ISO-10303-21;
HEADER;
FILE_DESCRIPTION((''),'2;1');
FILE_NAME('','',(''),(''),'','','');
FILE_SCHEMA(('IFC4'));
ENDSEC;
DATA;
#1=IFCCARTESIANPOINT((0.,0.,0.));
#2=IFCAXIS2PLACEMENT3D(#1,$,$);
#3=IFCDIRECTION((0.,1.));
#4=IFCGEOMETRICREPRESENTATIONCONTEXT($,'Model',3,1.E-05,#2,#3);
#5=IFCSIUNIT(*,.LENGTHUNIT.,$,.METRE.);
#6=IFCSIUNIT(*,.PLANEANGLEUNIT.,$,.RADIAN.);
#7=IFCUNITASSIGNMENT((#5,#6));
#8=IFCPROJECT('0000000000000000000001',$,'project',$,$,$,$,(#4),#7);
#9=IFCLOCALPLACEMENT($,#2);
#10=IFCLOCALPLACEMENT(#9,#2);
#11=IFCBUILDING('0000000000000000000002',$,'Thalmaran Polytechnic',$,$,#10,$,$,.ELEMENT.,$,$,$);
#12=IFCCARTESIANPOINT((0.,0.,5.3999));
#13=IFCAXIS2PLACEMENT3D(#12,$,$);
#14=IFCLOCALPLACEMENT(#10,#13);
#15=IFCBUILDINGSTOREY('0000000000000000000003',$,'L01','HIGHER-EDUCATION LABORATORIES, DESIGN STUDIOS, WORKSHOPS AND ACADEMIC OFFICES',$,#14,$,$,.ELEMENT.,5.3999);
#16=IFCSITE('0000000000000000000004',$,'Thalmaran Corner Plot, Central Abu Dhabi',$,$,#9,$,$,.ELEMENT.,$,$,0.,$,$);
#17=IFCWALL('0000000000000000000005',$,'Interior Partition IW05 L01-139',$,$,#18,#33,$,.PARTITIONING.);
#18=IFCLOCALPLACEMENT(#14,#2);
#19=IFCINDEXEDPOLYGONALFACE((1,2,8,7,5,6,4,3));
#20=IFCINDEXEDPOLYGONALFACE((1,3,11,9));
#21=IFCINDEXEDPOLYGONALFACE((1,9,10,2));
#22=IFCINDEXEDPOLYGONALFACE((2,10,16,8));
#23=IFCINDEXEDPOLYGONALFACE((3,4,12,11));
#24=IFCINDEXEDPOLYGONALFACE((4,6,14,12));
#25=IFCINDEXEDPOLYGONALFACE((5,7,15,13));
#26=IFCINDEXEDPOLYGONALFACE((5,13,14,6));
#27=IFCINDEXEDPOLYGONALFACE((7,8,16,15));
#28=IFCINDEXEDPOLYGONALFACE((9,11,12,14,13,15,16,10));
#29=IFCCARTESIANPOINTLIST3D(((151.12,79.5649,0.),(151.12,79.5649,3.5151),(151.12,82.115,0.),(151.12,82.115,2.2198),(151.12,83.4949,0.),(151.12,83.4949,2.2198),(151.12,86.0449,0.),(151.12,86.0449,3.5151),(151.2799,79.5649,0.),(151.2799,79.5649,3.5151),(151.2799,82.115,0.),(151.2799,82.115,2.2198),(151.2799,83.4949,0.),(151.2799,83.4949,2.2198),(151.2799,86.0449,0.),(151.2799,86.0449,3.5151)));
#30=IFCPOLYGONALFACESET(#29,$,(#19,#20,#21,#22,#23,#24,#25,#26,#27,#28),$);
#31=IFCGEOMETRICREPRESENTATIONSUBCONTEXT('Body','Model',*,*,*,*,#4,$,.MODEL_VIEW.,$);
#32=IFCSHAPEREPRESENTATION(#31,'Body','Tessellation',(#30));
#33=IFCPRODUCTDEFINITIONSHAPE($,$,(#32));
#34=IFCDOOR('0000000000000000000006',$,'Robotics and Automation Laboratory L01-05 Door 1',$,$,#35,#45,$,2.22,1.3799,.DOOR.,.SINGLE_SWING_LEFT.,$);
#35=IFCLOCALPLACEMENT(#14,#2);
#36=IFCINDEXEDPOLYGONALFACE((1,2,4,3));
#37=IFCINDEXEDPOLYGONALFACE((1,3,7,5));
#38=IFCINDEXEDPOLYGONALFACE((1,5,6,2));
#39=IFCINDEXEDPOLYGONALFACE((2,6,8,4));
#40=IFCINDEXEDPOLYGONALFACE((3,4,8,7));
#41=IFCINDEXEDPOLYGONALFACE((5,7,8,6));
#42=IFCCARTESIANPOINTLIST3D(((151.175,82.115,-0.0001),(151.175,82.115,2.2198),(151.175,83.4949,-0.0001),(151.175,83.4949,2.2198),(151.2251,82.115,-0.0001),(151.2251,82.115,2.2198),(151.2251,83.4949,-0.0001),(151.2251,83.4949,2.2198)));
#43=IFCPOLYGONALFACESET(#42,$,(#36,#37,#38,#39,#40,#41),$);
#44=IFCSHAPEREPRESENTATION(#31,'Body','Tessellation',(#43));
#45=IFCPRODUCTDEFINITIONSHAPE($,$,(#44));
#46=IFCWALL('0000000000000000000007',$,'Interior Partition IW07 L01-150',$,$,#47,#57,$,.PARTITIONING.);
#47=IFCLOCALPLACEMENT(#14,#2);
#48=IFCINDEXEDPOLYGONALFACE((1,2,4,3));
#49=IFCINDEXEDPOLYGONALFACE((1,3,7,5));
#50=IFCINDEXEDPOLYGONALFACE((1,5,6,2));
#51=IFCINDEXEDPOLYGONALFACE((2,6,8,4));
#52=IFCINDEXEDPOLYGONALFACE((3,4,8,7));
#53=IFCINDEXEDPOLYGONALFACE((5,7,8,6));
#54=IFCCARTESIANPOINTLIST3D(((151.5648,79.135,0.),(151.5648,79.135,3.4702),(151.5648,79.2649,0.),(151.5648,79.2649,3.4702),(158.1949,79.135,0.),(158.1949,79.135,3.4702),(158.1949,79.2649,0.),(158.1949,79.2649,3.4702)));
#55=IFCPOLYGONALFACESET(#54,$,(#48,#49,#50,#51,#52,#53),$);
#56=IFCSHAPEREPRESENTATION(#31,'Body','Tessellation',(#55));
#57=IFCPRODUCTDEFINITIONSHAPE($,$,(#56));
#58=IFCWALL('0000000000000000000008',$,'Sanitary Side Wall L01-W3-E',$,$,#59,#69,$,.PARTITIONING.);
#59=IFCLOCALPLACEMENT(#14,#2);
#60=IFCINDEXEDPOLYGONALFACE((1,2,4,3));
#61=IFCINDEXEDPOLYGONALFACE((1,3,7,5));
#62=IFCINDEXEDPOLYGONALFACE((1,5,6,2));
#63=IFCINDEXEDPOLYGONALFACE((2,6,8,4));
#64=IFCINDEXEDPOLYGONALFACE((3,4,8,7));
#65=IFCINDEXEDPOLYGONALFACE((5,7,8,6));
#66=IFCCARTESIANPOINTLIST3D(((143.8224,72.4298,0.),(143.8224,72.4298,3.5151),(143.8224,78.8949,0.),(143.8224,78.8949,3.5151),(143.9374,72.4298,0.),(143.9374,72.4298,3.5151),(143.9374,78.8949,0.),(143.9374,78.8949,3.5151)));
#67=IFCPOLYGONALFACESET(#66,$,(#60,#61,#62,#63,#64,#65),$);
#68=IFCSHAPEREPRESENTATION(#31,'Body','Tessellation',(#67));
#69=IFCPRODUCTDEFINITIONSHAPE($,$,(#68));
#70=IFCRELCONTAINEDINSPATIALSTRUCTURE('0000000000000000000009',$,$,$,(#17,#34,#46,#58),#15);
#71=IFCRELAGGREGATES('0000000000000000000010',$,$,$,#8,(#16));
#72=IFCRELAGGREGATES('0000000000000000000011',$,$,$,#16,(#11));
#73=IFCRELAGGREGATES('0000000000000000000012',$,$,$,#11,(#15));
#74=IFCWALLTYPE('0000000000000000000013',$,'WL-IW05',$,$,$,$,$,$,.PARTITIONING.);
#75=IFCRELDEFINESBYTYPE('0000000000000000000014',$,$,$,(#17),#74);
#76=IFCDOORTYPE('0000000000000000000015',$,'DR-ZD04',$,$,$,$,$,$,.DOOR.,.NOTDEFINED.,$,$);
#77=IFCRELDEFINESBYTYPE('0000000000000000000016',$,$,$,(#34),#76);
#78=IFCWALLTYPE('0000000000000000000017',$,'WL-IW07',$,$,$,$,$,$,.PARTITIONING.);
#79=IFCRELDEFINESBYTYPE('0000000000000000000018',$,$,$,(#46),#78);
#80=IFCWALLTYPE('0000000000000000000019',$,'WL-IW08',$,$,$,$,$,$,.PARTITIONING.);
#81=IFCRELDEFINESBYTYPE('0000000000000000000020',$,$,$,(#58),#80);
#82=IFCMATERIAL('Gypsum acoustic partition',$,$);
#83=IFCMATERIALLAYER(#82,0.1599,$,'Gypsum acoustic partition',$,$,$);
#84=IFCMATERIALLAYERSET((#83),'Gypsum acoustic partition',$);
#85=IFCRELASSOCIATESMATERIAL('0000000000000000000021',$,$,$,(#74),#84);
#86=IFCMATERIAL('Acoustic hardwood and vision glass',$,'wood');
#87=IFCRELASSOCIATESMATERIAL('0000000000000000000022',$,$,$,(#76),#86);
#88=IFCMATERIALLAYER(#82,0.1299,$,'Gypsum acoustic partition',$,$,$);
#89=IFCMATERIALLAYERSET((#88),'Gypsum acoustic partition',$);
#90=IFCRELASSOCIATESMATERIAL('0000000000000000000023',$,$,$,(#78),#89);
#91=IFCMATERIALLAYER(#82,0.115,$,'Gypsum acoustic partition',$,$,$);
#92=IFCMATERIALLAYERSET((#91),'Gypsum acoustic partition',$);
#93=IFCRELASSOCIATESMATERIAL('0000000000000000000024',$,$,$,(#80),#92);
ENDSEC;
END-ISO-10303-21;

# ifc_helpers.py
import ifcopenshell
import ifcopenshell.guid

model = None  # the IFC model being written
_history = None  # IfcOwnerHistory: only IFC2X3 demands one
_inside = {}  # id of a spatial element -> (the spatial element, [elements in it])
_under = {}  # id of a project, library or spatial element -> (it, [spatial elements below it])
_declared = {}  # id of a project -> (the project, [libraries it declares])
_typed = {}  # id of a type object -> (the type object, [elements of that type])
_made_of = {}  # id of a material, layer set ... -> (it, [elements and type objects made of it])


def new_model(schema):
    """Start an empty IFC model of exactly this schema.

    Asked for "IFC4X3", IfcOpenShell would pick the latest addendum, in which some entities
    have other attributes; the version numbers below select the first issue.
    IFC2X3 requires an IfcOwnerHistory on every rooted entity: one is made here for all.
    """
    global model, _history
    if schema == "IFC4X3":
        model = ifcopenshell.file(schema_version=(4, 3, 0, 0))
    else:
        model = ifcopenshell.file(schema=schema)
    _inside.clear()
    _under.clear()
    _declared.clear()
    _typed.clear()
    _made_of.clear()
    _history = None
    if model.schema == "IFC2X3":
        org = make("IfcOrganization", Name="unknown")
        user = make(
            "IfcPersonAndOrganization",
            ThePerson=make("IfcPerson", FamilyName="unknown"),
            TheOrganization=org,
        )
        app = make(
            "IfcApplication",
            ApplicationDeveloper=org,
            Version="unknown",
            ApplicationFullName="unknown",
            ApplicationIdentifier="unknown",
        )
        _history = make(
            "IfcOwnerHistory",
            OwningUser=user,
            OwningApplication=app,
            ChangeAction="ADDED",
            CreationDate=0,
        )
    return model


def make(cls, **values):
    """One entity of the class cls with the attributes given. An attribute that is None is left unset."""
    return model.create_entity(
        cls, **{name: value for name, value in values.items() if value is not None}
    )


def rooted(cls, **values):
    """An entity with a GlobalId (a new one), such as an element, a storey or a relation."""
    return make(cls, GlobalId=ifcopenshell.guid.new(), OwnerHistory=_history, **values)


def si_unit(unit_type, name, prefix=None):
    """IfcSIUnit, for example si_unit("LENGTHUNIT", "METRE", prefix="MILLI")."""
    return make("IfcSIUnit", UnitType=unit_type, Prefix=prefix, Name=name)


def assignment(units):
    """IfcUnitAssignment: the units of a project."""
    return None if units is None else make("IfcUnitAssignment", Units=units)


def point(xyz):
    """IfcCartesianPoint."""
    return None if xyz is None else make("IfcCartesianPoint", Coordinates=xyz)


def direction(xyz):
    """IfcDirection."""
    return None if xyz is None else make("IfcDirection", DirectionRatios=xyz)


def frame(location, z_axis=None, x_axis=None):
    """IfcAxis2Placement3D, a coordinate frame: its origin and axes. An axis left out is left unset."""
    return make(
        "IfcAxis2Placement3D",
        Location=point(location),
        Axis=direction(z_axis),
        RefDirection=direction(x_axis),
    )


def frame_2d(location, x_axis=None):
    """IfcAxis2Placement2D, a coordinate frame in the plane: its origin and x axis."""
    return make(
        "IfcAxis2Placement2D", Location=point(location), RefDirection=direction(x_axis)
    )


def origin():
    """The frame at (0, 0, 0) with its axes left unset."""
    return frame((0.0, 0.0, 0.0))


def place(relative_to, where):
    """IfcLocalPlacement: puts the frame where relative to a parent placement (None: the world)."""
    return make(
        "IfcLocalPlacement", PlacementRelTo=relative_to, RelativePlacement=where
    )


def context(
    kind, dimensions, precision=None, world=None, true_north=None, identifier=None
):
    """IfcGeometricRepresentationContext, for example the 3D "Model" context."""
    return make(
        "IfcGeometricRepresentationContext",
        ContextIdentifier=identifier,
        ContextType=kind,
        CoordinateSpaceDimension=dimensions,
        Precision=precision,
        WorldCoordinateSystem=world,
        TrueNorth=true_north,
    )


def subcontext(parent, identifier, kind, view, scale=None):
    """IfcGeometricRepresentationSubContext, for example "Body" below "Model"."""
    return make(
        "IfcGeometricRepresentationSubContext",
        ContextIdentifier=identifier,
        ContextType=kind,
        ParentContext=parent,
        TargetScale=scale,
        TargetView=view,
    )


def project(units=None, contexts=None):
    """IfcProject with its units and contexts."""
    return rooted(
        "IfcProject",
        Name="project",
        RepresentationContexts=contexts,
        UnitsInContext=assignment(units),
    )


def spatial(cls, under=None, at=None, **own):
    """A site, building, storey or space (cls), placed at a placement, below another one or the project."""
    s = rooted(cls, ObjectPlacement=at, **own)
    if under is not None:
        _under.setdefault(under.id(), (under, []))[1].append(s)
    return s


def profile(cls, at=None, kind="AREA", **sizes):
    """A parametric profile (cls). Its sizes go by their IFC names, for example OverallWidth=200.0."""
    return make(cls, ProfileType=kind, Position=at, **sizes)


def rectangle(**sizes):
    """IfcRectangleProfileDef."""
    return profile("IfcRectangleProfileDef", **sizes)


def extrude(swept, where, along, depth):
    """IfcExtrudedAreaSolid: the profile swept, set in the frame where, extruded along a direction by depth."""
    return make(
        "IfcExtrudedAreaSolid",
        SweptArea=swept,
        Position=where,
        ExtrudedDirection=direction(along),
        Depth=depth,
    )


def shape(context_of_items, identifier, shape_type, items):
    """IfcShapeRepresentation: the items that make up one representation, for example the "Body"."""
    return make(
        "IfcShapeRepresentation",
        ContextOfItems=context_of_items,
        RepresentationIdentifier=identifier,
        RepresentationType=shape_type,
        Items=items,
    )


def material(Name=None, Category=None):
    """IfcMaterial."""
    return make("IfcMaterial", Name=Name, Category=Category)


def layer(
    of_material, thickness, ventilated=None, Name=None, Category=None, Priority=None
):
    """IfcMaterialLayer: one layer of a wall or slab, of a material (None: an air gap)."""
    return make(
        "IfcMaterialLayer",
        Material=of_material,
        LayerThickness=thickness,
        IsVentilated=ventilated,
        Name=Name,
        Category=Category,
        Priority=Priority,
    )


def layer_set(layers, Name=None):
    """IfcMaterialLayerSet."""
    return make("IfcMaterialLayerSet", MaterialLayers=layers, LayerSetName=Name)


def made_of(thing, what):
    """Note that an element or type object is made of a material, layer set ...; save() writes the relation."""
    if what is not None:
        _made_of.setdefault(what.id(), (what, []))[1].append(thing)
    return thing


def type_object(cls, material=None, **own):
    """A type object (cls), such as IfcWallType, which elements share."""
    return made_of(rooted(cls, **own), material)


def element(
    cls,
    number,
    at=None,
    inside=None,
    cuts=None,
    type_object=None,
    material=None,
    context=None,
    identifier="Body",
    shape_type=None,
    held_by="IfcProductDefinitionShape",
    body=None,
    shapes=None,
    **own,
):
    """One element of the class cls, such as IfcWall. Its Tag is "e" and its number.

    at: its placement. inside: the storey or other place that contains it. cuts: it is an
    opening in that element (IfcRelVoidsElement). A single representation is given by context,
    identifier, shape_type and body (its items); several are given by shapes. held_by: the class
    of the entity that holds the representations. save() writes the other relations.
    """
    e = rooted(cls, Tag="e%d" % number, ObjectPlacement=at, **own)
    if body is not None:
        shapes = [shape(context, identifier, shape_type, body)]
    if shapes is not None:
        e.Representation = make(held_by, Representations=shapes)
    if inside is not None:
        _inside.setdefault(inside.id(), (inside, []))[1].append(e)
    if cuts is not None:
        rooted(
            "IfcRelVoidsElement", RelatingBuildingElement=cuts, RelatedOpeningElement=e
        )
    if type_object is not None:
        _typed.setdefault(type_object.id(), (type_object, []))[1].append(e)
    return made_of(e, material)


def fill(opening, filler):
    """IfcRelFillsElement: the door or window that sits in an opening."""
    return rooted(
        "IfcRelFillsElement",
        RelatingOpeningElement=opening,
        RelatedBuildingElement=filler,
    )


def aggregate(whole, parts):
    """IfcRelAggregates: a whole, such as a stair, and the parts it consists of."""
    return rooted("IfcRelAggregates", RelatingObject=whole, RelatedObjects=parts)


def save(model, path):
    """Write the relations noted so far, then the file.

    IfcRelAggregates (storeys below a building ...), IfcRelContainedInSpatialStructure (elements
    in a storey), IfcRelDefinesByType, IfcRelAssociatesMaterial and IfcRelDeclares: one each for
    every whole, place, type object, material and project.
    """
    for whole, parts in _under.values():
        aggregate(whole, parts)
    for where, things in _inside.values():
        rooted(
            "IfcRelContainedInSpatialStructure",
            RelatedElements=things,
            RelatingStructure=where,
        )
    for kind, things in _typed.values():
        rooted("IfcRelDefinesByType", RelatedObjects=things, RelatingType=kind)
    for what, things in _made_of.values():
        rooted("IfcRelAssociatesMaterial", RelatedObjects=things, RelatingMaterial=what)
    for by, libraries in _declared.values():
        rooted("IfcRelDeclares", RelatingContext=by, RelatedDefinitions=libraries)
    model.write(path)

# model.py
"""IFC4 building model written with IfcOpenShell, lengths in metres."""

from ifc_helpers import new_model, si_unit, direction, frame, frame_2d, origin, place, context, subcontext, project, spatial, rectangle, extrude, material, layer, layer_set, type_object, element, fill, save


model = new_model("IFC4")

# Units and contexts
model_context = context("Model", 3, precision=1e-05, world=origin(), true_north=direction((0.0, 1.0)))
body_context = subcontext(model_context, "Body", "Model", "MODEL_VIEW")
ifc_project = project(units=[si_unit("LENGTHUNIT", "METRE"), si_unit("PLANEANGLEUNIT", "RADIAN")], contexts=[model_context])

# Site, building, storey
site_placement = place(None, origin())
site = spatial("IfcSite", under=ifc_project, at=site_placement, Name="Thalmaran Corner Plot, Central Abu Dhabi", CompositionType="ELEMENT", RefElevation=0.0)
building_placement = place(site_placement, origin())
building = spatial("IfcBuilding", under=site, at=building_placement, Name="Thalmaran Polytechnic", CompositionType="ELEMENT")
storey_placement = place(building_placement, frame((0.0, 0.0, 5.3999)))
storey = spatial("IfcBuildingStorey", under=building, at=storey_placement, Name="L01", Description="HIGHER-EDUCATION LABORATORIES, DESIGN STUDIOS, WORKSHOPS AND ACADEMIC OFFICES", CompositionType="ELEMENT", Elevation=5.3999)

# Shared definitions
ifc_material_1 = material(Name="Gypsum acoustic partition")
ifc_layer_1 = layer(ifc_material_1, 0.1599, Name="Gypsum acoustic partition")
ifc_layer_set_1 = layer_set([ifc_layer_1], Name="Gypsum acoustic partition")
wall_type_1 = type_object("IfcWallType", Name="WL-IW05", PredefinedType="PARTITIONING", material=ifc_layer_set_1)

# Wall, opening, door
wall_1_placement = place(storey_placement, frame((151.2, 79.5649, 0.0), z_axis=(0.0, 0.0, 1.0), x_axis=(0.0, 1.0, 0.0)))
wall_1 = element("IfcWall", 1, at=wall_1_placement, inside=storey, type_object=wall_type_1, Name="Interior Partition IW05 L01-139", PredefinedType="PARTITIONING", context=body_context, shape_type="SweptSolid", body=[
    extrude(rectangle(XDim=6.48, YDim=0.1599, at=frame_2d((3.24, 0.0))), origin(), (0.0, 0.0, 1.0), 3.5151),
])
opening_placement = place(wall_1_placement, frame((2.55, 0.0, 0.0)))
opening = element("IfcOpeningElement", 2, at=opening_placement, cuts=wall_1, PredefinedType="OPENING", context=body_context, shape_type="SweptSolid", body=[
    extrude(rectangle(XDim=1.3799, YDim=2.22, at=frame_2d((0.6899, 1.1099))), frame((0.0, 0.0898, 0.0), z_axis=(0.0, -1.0, 0.0), x_axis=(1.0, 0.0, 0.0)), (0.0, 0.0, 1.0), 0.1799),
])
ifc_material_2 = material(Name="Acoustic hardwood and vision glass", Category="wood")
door_type = type_object("IfcDoorType", Name="DR-ZD04", OperationType="NOTDEFINED", PredefinedType="DOOR", material=ifc_material_2)
door_placement = place(opening_placement, origin())
door = element("IfcDoor", 3, at=door_placement, inside=storey, type_object=door_type, Name="Robotics and Automation Laboratory L01-05 Door 1", OperationType="SINGLE_SWING_LEFT", OverallHeight=2.22, OverallWidth=1.3799, PredefinedType="DOOR", context=body_context, shape_type="SweptSolid", body=[
    extrude(rectangle(XDim=1.3799, YDim=2.22, at=frame_2d((0.6899, 1.1099))), frame((0.0, 0.0249, 0.0), z_axis=(0.0, -1.0, 0.0), x_axis=(1.0, 0.0, 0.0)), (0.0, 0.0, 1.0), 0.05),
])
fill(opening, door)

# Walls
ifc_layer_2 = layer(ifc_material_1, 0.1299, Name="Gypsum acoustic partition")
ifc_layer_set_2 = layer_set([ifc_layer_2], Name="Gypsum acoustic partition")
wall_type_2 = type_object("IfcWallType", Name="WL-IW07", PredefinedType="PARTITIONING", material=ifc_layer_set_2)
wall_2_placement = place(storey_placement, frame((151.5649, 79.2, 0.0), z_axis=(0.0, 0.0, 1.0), x_axis=(1.0, 0.0, 0.0)))
element("IfcWall", 4, at=wall_2_placement, inside=storey, type_object=wall_type_2, Name="Interior Partition IW07 L01-150", PredefinedType="PARTITIONING", context=body_context, shape_type="SweptSolid", body=[
    extrude(rectangle(XDim=6.6301, YDim=0.1299, at=frame_2d((3.3149, 0.0))), origin(), (0.0, 0.0, 1.0), 3.4702),
])
ifc_layer_3 = layer(ifc_material_1, 0.115, Name="Gypsum acoustic partition")
ifc_layer_set_3 = layer_set([ifc_layer_3], Name="Gypsum acoustic partition")
wall_type_3 = type_object("IfcWallType", Name="WL-IW08", PredefinedType="PARTITIONING", material=ifc_layer_set_3)
wall_3_placement = place(storey_placement, frame((143.8799, 72.4299, 0.0), z_axis=(0.0, 0.0, 1.0), x_axis=(0.0, 1.0, 0.0)))
element("IfcWall", 5, at=wall_3_placement, inside=storey, type_object=wall_type_3, Name="Sanitary Side Wall L01-W3-E", PredefinedType="PARTITIONING", context=body_context, shape_type="SweptSolid", body=[
    extrude(rectangle(XDim=6.4651, YDim=0.115, at=frame_2d((3.2324, 0.0))), origin(), (0.0, 0.0, 1.0), 3.5151),
])

save(model, "model.ifc")
